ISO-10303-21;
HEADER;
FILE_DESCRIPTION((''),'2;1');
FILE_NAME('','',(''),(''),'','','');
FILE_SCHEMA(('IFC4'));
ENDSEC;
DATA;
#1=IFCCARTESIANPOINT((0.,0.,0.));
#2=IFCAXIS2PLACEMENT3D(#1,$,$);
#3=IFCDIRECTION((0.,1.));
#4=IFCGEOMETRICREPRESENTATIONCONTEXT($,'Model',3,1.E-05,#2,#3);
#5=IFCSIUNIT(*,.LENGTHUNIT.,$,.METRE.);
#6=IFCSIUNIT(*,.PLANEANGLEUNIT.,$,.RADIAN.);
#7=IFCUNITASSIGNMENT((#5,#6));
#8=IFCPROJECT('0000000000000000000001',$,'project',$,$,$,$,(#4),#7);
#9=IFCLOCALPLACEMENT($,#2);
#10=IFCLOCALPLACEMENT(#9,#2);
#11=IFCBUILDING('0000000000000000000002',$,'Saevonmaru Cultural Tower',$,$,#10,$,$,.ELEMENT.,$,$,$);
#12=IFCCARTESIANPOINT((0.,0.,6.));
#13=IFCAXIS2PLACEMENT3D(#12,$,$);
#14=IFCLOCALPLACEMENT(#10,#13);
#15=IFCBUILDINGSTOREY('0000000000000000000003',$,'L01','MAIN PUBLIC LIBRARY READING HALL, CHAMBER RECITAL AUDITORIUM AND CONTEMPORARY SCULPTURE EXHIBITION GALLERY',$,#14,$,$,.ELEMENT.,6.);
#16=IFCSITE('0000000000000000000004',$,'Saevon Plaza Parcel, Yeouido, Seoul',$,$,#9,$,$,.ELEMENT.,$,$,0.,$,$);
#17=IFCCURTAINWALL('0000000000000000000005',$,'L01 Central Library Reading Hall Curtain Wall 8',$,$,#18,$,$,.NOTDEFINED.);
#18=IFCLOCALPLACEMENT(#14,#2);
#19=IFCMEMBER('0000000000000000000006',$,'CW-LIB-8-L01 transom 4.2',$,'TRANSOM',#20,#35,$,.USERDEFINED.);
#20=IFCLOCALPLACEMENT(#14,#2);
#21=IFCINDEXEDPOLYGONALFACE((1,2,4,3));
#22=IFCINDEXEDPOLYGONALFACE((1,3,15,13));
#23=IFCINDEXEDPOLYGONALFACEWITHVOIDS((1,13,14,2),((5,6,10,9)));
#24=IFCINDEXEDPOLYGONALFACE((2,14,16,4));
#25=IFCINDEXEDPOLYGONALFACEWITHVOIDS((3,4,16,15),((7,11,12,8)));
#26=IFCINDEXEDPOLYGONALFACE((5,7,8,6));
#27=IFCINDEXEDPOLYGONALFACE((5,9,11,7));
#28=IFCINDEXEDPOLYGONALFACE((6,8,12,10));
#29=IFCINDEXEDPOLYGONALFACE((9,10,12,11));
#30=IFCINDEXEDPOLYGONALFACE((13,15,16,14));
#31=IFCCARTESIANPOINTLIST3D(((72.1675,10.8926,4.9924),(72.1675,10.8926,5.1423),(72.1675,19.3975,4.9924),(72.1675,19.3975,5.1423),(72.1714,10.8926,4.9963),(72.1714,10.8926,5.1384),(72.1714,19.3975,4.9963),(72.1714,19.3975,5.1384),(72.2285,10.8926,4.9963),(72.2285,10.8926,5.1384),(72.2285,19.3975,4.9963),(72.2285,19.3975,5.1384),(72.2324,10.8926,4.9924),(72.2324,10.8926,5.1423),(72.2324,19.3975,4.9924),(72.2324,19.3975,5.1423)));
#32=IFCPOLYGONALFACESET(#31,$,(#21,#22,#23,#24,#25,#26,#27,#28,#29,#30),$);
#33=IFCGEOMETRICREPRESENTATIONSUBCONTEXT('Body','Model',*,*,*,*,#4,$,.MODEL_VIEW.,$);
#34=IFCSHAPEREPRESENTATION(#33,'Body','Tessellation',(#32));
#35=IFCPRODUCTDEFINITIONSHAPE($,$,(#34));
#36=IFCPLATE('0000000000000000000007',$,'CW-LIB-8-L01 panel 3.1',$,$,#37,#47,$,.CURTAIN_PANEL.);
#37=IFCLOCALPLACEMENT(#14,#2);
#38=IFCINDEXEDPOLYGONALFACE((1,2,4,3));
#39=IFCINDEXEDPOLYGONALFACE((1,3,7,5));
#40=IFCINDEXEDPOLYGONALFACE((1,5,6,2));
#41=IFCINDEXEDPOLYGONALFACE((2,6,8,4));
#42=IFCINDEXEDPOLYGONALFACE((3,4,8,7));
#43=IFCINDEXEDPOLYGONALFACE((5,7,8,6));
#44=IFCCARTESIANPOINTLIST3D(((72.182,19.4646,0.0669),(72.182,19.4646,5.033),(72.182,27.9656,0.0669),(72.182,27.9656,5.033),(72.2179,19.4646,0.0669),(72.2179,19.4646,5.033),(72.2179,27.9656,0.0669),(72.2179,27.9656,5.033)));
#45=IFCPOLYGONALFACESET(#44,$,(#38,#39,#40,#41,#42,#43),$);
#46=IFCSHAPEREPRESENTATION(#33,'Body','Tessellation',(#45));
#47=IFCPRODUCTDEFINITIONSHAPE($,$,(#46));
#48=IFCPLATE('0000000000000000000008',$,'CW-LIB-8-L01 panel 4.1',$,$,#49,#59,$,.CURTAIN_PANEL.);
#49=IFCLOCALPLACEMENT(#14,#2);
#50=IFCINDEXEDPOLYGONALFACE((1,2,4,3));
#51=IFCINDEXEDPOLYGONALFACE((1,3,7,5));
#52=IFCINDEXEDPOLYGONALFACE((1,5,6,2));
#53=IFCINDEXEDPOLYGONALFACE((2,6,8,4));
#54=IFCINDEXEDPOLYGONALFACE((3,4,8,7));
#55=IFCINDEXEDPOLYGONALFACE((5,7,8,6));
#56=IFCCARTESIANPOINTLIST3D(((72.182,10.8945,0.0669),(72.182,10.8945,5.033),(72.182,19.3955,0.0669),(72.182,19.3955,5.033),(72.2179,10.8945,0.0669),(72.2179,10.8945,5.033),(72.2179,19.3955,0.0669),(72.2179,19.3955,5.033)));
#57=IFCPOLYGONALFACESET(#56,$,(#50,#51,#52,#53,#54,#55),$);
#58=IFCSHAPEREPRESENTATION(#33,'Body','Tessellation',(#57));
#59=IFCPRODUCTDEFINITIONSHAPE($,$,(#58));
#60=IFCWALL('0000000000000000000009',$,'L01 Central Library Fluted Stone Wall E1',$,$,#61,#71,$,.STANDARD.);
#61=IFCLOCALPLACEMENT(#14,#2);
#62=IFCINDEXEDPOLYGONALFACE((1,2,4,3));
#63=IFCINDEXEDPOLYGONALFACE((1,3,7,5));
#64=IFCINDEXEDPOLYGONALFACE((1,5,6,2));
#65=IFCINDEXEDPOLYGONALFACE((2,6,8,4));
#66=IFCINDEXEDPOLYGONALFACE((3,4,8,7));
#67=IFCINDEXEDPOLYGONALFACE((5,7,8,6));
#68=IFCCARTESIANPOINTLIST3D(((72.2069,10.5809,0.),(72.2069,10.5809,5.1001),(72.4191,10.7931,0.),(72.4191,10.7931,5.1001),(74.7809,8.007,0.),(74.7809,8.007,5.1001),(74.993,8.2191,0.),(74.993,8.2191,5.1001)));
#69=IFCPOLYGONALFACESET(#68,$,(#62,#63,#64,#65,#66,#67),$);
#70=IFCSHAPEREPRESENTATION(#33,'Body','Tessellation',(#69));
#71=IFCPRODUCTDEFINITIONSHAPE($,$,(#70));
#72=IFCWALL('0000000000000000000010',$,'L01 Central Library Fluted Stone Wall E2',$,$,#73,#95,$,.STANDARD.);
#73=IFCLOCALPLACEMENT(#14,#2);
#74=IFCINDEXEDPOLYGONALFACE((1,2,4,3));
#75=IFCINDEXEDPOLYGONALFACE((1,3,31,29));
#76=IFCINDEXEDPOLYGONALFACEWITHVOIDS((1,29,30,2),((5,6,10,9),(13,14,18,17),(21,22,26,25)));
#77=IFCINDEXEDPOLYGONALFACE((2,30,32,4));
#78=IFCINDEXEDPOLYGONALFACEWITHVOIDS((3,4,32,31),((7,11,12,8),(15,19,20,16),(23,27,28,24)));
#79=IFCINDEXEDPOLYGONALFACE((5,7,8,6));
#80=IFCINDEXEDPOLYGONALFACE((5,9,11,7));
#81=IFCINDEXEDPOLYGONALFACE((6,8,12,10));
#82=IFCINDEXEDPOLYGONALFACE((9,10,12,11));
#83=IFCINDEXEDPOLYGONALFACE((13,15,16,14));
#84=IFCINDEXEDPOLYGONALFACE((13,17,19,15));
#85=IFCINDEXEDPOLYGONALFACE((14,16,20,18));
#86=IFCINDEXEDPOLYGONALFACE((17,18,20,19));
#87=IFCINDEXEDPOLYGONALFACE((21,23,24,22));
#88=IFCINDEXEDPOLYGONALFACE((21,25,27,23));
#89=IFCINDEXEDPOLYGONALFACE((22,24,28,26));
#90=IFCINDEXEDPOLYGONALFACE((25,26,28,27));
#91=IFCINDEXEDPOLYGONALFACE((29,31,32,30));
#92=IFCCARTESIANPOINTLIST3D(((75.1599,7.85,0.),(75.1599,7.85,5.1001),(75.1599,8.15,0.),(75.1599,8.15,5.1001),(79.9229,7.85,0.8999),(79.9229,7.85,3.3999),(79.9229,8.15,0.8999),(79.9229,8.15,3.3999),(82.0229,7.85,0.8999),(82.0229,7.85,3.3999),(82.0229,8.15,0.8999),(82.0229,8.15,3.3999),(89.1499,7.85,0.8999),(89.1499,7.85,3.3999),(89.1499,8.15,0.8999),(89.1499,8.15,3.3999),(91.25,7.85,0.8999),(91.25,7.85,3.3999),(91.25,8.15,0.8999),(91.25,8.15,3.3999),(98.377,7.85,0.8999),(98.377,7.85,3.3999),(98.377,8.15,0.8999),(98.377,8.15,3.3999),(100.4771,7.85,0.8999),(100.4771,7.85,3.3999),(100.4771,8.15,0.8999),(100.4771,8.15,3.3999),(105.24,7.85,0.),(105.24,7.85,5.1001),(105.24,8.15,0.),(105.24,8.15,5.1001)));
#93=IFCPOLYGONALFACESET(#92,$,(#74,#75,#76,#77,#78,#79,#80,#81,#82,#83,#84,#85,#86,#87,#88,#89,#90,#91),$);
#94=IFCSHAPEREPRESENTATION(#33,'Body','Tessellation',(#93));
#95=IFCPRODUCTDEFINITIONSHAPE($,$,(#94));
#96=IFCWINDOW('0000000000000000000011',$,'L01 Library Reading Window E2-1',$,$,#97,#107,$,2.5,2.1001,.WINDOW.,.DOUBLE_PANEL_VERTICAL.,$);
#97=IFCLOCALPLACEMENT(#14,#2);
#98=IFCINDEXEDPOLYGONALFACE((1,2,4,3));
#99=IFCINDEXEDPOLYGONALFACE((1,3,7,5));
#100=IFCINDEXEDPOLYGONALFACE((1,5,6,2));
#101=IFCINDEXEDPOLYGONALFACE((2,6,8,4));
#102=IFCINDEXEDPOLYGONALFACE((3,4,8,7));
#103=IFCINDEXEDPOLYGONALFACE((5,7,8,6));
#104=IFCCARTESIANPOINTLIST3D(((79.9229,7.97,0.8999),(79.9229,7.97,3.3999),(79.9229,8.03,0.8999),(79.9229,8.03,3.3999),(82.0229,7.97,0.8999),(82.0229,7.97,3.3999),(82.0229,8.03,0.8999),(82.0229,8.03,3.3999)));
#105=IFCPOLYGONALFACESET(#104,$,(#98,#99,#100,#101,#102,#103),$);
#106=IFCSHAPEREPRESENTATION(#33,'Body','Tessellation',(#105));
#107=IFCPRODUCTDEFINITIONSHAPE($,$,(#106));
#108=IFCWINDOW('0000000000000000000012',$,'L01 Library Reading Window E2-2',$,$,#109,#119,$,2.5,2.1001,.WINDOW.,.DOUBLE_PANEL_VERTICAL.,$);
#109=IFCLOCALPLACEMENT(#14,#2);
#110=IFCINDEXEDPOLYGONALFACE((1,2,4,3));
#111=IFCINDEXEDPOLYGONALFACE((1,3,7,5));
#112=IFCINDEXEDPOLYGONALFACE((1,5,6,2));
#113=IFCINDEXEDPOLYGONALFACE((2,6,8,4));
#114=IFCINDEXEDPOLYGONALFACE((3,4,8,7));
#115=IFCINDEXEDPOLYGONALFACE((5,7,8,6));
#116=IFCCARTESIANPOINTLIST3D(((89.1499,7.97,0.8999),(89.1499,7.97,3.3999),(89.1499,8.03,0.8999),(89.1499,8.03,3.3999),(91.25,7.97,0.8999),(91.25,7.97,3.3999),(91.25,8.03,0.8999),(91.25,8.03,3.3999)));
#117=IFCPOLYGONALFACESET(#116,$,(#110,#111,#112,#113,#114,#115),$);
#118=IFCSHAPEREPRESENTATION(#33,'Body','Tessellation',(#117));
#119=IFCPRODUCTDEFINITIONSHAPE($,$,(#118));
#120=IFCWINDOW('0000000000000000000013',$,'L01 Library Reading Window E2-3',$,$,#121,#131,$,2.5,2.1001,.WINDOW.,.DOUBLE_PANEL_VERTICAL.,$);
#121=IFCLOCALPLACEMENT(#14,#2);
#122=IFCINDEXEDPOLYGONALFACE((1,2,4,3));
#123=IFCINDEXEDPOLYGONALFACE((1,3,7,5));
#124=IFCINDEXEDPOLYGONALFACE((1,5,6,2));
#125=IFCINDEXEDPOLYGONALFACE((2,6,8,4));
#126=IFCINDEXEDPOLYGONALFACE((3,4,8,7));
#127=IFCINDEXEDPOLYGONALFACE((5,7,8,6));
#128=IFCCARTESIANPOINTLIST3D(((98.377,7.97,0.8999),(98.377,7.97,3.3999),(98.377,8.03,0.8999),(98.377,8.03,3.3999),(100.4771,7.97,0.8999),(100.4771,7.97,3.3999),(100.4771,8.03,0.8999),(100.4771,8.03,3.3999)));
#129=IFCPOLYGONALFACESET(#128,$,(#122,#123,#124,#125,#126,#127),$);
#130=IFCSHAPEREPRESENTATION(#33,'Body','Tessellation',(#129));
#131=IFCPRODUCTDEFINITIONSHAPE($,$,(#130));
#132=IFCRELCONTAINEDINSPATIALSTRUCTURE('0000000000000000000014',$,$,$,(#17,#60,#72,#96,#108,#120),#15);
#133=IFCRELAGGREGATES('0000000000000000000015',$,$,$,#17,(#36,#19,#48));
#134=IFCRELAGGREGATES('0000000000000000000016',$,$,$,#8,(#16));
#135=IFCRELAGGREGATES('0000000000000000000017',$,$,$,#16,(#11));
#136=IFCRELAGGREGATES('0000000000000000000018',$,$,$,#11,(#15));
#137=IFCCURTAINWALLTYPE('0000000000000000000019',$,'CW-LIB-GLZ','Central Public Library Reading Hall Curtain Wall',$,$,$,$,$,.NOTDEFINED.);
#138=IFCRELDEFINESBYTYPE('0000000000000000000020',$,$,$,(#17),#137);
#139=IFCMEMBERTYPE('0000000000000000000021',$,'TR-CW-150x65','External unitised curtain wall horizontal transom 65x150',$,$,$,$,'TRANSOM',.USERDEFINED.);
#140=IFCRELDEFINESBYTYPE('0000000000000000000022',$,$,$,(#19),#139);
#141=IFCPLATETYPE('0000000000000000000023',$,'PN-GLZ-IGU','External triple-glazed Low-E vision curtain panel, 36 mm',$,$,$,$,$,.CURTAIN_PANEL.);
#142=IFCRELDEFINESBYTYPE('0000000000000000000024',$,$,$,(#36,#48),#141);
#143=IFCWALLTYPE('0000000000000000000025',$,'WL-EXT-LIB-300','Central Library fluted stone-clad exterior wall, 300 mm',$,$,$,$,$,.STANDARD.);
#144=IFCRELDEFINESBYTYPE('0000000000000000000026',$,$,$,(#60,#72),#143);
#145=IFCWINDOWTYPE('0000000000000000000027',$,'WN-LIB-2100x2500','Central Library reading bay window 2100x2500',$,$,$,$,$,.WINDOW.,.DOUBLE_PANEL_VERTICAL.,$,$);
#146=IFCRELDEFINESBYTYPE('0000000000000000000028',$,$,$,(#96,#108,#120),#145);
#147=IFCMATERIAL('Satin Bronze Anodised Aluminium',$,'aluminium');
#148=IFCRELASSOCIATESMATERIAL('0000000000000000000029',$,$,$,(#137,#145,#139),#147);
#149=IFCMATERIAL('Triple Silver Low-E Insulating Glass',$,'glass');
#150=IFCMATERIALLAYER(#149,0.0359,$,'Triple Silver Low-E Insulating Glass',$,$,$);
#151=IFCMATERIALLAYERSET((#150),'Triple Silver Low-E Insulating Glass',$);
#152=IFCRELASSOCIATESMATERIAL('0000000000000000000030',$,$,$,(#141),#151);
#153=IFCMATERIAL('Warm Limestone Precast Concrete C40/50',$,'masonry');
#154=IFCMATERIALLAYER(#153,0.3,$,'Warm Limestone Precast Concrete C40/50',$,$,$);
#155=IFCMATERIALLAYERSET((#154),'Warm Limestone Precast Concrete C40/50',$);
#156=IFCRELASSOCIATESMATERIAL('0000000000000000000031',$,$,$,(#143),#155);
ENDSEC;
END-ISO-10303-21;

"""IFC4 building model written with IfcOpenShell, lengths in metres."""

from ifc_helpers import new_model, si_unit, direction, frame, frame_2d, origin, origin_2d, place, context, subcontext, project, spatial, rectangle, hollow_rectangle, extrude, material, layer, layer_set, material_profile, profile_set, type_object, element, fill, aggregate, save


model = new_model("IFC4")

# Units and contexts
model_context = context("Model", 3, precision=1e-05, world=origin(), true_north=direction((0.0, 1.0)))
body_context = subcontext(model_context, "Body", "Model", "MODEL_VIEW")
ifc_project = project(units=[si_unit("LENGTHUNIT", "METRE"), si_unit("PLANEANGLEUNIT", "RADIAN")], contexts=[model_context])

# Site, building, storey
site_placement = place(None, origin())
site = spatial("IfcSite", under=ifc_project, at=site_placement, Name="Saevon Plaza Parcel, Yeouido, Seoul", CompositionType="ELEMENT", RefElevation=0.0)
building_placement = place(site_placement, origin())
building = spatial("IfcBuilding", under=site, at=building_placement, Name="Saevonmaru Cultural Tower", CompositionType="ELEMENT")
storey_placement = place(building_placement, frame((0.0, 0.0, 6.0)))
storey = spatial("IfcBuildingStorey", under=building, at=storey_placement, Name="L01", Description="MAIN PUBLIC LIBRARY READING HALL, CHAMBER RECITAL AUDITORIUM AND CONTEMPORARY SCULPTURE EXHIBITION GALLERY", CompositionType="ELEMENT", Elevation=6.0)

# Curtain wall, member, plates
ifc_material_1 = material(Name="Satin Bronze Anodised Aluminium", Category="aluminium")
curtain_wall_type = type_object("IfcCurtainWallType", Name="CW-LIB-GLZ", Description="Central Public Library Reading Hall Curtain Wall", PredefinedType="NOTDEFINED", material=ifc_material_1)
curtain_wall_placement = place(storey_placement, origin())
curtain_wall = element("IfcCurtainWall", 1, at=curtain_wall_placement, inside=storey, type_object=curtain_wall_type, Name="L01 Central Library Reading Hall Curtain Wall 8", PredefinedType="NOTDEFINED")
ifc_material_profile_1 = material_profile(ifc_material_1, hollow_rectangle(XDim=0.0649, YDim=0.1499, WallThickness=0.0039, at=origin_2d()), Name="ALU-TRAN-150x65x4")
ifc_profile_set_1 = profile_set([ifc_material_profile_1], Name="Satin Bronze Anodised Aluminium")
member_type = type_object("IfcMemberType", Name="TR-CW-150x65", Description="External unitised curtain wall horizontal transom 65x150", ElementType="TRANSOM", PredefinedType="USERDEFINED", material=ifc_profile_set_1)
member_1_placement = place(storey_placement, frame((72.2, 19.3975, 5.0674), z_axis=(0.0, -1.0, 0.0), x_axis=(1.0, 0.0, 0.0)))
member_1 = element("IfcMember", 2, at=member_1_placement, type_object=member_type, Name="CW-LIB-8-L01 transom 4.2", ObjectType="TRANSOM", PredefinedType="USERDEFINED", context=body_context, shape_type="SweptSolid", body=[
    extrude(hollow_rectangle(XDim=0.0649, YDim=0.1499, WallThickness=0.0039, at=origin_2d()), origin(), (0.0, 0.0, 1.0), 8.5049),
])
ifc_material_2 = material(Name="Triple Silver Low-E Insulating Glass", Category="glass")
ifc_layer_1 = layer(ifc_material_2, 0.0359, Name="Triple Silver Low-E Insulating Glass")
ifc_layer_set_1 = layer_set([ifc_layer_1], Name="Triple Silver Low-E Insulating Glass")
plate_type = type_object("IfcPlateType", Name="PN-GLZ-IGU", Description="External triple-glazed Low-E vision curtain panel, 36 mm", PredefinedType="CURTAIN_PANEL", material=ifc_layer_set_1)
plate_1_placement = place(storey_placement, frame((72.2, 23.7151, 0.0669), z_axis=(0.0, 0.0, 1.0), x_axis=(0.0, -1.0, 0.0)))
plate_1 = element("IfcPlate", 3, at=plate_1_placement, type_object=plate_type, Name="CW-LIB-8-L01 panel 3.1", PredefinedType="CURTAIN_PANEL", context=body_context, shape_type="SweptSolid", body=[
    extrude(rectangle(XDim=8.501, YDim=0.0359, at=origin_2d()), origin(), (0.0, 0.0, 1.0), 4.9661),
])
plate_2_placement = place(storey_placement, frame((72.2, 15.145, 0.0669), z_axis=(0.0, 0.0, 1.0), x_axis=(0.0, -1.0, 0.0)))
plate_2 = element("IfcPlate", 4, at=plate_2_placement, type_object=plate_type, Name="CW-LIB-8-L01 panel 4.1", PredefinedType="CURTAIN_PANEL", context=body_context, shape_type="SweptSolid", body=[
    extrude(rectangle(XDim=8.501, YDim=0.0359, at=origin_2d()), origin(), (0.0, 0.0, 1.0), 4.9661),
])
aggregate(curtain_wall, [plate_1, member_1, plate_2])

# Wall
ifc_material_3 = material(Name="Warm Limestone Precast Concrete C40/50", Category="masonry")
ifc_layer_2 = layer(ifc_material_3, 0.3, Name="Warm Limestone Precast Concrete C40/50")
ifc_layer_set_2 = layer_set([ifc_layer_2], Name="Warm Limestone Precast Concrete C40/50")
wall_type = type_object("IfcWallType", Name="WL-EXT-LIB-300", Description="Central Library fluted stone-clad exterior wall, 300 mm", PredefinedType="STANDARD", material=ifc_layer_set_2)
wall_1_placement = place(storey_placement, frame((72.313, 10.687, 0.0), z_axis=(0.0, 0.0, 1.0), x_axis=(0.707107, -0.707107, 0.0)))
element("IfcWall", 5, at=wall_1_placement, inside=storey, type_object=wall_type, Name="L01 Central Library Fluted Stone Wall E1", PredefinedType="STANDARD", context=body_context, shape_type="SweptSolid", body=[
    extrude(rectangle(XDim=3.6401, YDim=0.3, at=frame_2d((1.8201, 0.0))), origin(), (0.0, 0.0, 1.0), 5.1001),
])

# Wall, openings, windows
wall_2_placement = place(storey_placement, frame((75.1599, 8.0, 0.0), z_axis=(0.0, 0.0, 1.0), x_axis=(1.0, 0.0, 0.0)))
wall_2 = element("IfcWall", 6, at=wall_2_placement, inside=storey, type_object=wall_type, Name="L01 Central Library Fluted Stone Wall E2", PredefinedType="STANDARD", context=body_context, shape_type="SweptSolid", body=[
    extrude(rectangle(XDim=30.0801, YDim=0.3, at=frame_2d((15.04, 0.0))), origin(), (0.0, 0.0, 1.0), 5.1001),
])
opening_1_placement = place(wall_2_placement, frame((4.7629, 0.0, 0.8999)))
opening_1 = element("IfcOpeningElement", 7, at=opening_1_placement, cuts=wall_2, PredefinedType="OPENING", context=body_context, shape_type="SweptSolid", body=[
    extrude(rectangle(XDim=2.1001, YDim=2.5, at=frame_2d((1.05, 1.25))), frame((0.0, 0.1602, 0.0), z_axis=(0.0, -1.0, 0.0), x_axis=(1.0, 0.0, 0.0)), (0.0, 0.0, 1.0), 0.3201),
])
opening_2_placement = place(wall_2_placement, frame((13.99, 0.0, 0.8999)))
opening_2 = element("IfcOpeningElement", 8, at=opening_2_placement, cuts=wall_2, PredefinedType="OPENING", context=body_context, shape_type="SweptSolid", body=[
    extrude(rectangle(XDim=2.1001, YDim=2.5, at=frame_2d((1.05, 1.25))), frame((0.0, 0.1602, 0.0), z_axis=(0.0, -1.0, 0.0), x_axis=(1.0, 0.0, 0.0)), (0.0, 0.0, 1.0), 0.3201),
])
opening_3_placement = place(wall_2_placement, frame((23.217, 0.0, 0.8999)))
opening_3 = element("IfcOpeningElement", 9, at=opening_3_placement, cuts=wall_2, PredefinedType="OPENING", context=body_context, shape_type="SweptSolid", body=[
    extrude(rectangle(XDim=2.1001, YDim=2.5, at=frame_2d((1.05, 1.25))), frame((0.0, 0.1602, 0.0), z_axis=(0.0, -1.0, 0.0), x_axis=(1.0, 0.0, 0.0)), (0.0, 0.0, 1.0), 0.3201),
])
window_type = type_object("IfcWindowType", Name="WN-LIB-2100x2500", Description="Central Library reading bay window 2100x2500", PartitioningType="DOUBLE_PANEL_VERTICAL", PredefinedType="WINDOW", material=ifc_material_1)
window_1_placement = place(opening_1_placement, origin())
window_1 = element("IfcWindow", 10, at=window_1_placement, inside=storey, type_object=window_type, Name="L01 Library Reading Window E2-1", OverallHeight=2.5, OverallWidth=2.1001, PartitioningType="DOUBLE_PANEL_VERTICAL", PredefinedType="WINDOW", context=body_context, shape_type="SweptSolid", body=[
    extrude(rectangle(XDim=2.1001, YDim=2.5, at=frame_2d((1.05, 1.25))), frame((0.0, 0.03, 0.0), z_axis=(0.0, -1.0, 0.0), x_axis=(1.0, 0.0, 0.0)), (0.0, 0.0, 1.0), 0.0601),
])
fill(opening_1, window_1)
window_2_placement = place(opening_2_placement, origin())
window_2 = element("IfcWindow", 11, at=window_2_placement, inside=storey, type_object=window_type, Name="L01 Library Reading Window E2-2", OverallHeight=2.5, OverallWidth=2.1001, PartitioningType="DOUBLE_PANEL_VERTICAL", PredefinedType="WINDOW", context=body_context, shape_type="SweptSolid", body=[
    extrude(rectangle(XDim=2.1001, YDim=2.5, at=frame_2d((1.05, 1.25))), frame((0.0, 0.03, 0.0), z_axis=(0.0, -1.0, 0.0), x_axis=(1.0, 0.0, 0.0)), (0.0, 0.0, 1.0), 0.0601),
])
fill(opening_2, window_2)
window_3_placement = place(opening_3_placement, origin())
window_3 = element("IfcWindow", 12, at=window_3_placement, inside=storey, type_object=window_type, Name="L01 Library Reading Window E2-3", OverallHeight=2.5, OverallWidth=2.1001, PartitioningType="DOUBLE_PANEL_VERTICAL", PredefinedType="WINDOW", context=body_context, shape_type="SweptSolid", body=[
    extrude(rectangle(XDim=2.1001, YDim=2.5, at=frame_2d((1.05, 1.25))), frame((0.0, 0.03, 0.0), z_axis=(0.0, -1.0, 0.0), x_axis=(1.0, 0.0, 0.0)), (0.0, 0.0, 1.0), 0.0601),
])
fill(opening_3, window_3)

save(model, "model.ifc")
